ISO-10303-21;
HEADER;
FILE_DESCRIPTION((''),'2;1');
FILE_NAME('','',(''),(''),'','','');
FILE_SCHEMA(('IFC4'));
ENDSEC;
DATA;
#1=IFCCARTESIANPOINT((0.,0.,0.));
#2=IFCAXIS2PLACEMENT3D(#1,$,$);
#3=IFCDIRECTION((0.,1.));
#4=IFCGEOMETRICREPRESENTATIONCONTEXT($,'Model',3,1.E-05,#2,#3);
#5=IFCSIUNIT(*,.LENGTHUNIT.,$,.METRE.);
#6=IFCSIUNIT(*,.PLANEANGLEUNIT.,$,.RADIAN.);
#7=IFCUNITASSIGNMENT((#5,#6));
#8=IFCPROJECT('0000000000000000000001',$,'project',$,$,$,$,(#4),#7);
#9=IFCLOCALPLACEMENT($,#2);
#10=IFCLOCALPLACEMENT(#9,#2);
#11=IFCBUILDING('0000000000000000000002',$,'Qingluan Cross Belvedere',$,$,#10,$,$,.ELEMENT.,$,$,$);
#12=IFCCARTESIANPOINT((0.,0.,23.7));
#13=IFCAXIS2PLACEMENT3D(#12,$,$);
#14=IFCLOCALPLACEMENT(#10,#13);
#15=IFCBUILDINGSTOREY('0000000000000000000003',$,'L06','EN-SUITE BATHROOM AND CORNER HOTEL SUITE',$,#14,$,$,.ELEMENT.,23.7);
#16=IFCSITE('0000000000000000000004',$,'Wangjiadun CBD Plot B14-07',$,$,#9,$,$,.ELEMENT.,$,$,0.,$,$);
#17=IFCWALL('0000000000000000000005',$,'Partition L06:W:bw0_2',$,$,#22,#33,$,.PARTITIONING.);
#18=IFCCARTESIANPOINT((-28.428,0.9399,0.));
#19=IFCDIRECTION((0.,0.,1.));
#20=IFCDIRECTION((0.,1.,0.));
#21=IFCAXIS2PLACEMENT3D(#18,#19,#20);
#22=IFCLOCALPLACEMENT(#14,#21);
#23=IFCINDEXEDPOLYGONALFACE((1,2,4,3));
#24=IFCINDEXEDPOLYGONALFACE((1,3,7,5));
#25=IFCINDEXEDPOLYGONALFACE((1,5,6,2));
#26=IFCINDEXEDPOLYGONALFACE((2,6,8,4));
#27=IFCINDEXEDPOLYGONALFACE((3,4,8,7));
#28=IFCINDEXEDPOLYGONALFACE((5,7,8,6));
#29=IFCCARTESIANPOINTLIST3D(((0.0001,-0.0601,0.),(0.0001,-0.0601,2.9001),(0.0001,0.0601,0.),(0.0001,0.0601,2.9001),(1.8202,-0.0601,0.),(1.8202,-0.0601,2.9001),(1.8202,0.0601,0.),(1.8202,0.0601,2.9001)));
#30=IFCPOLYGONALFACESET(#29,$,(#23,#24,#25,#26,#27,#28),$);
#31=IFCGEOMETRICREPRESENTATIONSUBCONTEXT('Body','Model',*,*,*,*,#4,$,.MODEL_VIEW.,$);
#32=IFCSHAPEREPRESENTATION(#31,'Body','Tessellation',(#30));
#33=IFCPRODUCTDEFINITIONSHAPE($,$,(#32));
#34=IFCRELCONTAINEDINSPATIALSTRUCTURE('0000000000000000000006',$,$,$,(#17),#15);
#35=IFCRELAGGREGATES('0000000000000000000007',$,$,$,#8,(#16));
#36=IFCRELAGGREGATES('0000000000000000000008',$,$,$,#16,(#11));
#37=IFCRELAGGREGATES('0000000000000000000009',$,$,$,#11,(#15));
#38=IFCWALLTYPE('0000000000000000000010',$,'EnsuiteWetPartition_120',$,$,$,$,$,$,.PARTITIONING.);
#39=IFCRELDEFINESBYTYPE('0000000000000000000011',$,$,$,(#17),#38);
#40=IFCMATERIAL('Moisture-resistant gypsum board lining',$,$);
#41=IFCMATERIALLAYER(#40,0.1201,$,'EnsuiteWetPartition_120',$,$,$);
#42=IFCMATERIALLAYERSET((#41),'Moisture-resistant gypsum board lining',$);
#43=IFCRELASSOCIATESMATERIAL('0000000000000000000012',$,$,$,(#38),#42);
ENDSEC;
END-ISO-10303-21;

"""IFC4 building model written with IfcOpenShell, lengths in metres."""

from ifc_helpers import new_model, si_unit, direction, frame, frame_2d, origin, place, context, subcontext, project, spatial, rectangle, extrude, material, layer, layer_set, type_object, element, save


model = new_model("IFC4")

# Units and contexts
model_context = context("Model", 3, precision=1e-05, world=origin(), true_north=direction((0.0, 1.0)))
body_context = subcontext(model_context, "Body", "Model", "MODEL_VIEW")
ifc_project = project(units=[si_unit("LENGTHUNIT", "METRE"), si_unit("PLANEANGLEUNIT", "RADIAN")], contexts=[model_context])

# Site, building, storey
site_placement = place(None, origin())
site = spatial("IfcSite", under=ifc_project, at=site_placement, Name="Wangjiadun CBD Plot B14-07", CompositionType="ELEMENT", RefElevation=0.0)
building_placement = place(site_placement, origin())
building = spatial("IfcBuilding", under=site, at=building_placement, Name="Qingluan Cross Belvedere", CompositionType="ELEMENT")
storey_placement = place(building_placement, frame((0.0, 0.0, 23.7)))
storey = spatial("IfcBuildingStorey", under=building, at=storey_placement, Name="L06", Description="EN-SUITE BATHROOM AND CORNER HOTEL SUITE", CompositionType="ELEMENT", Elevation=23.7)

# Shared definitions
ifc_material_1 = material(Name="Moisture-resistant gypsum board lining")
ifc_layer_1 = layer(ifc_material_1, 0.1201, Name="EnsuiteWetPartition_120")
ifc_layer_set_1 = layer_set([ifc_layer_1], Name="Moisture-resistant gypsum board lining")
wall_type_1 = type_object("IfcWallType", Name="EnsuiteWetPartition_120", PredefinedType="PARTITIONING", material=ifc_layer_set_1)

# Wall
wall_1_placement = place(storey_placement, frame((-28.428, 0.9399, 0.0), z_axis=(0.0, 0.0, 1.0), x_axis=(0.0, 1.0, 0.0)))
element("IfcWall", 1, at=wall_1_placement, inside=storey, type_object=wall_type_1, Name="Partition L06:W:bw0_2", PredefinedType="PARTITIONING", context=body_context, shape_type="SweptSolid", body=[
    extrude(rectangle(XDim=1.8201, YDim=0.1201, at=frame_2d((0.9102, 0.0))), origin(), (0.0, 0.0, 1.0), 2.9001),
])

save(model, "model.ifc")
